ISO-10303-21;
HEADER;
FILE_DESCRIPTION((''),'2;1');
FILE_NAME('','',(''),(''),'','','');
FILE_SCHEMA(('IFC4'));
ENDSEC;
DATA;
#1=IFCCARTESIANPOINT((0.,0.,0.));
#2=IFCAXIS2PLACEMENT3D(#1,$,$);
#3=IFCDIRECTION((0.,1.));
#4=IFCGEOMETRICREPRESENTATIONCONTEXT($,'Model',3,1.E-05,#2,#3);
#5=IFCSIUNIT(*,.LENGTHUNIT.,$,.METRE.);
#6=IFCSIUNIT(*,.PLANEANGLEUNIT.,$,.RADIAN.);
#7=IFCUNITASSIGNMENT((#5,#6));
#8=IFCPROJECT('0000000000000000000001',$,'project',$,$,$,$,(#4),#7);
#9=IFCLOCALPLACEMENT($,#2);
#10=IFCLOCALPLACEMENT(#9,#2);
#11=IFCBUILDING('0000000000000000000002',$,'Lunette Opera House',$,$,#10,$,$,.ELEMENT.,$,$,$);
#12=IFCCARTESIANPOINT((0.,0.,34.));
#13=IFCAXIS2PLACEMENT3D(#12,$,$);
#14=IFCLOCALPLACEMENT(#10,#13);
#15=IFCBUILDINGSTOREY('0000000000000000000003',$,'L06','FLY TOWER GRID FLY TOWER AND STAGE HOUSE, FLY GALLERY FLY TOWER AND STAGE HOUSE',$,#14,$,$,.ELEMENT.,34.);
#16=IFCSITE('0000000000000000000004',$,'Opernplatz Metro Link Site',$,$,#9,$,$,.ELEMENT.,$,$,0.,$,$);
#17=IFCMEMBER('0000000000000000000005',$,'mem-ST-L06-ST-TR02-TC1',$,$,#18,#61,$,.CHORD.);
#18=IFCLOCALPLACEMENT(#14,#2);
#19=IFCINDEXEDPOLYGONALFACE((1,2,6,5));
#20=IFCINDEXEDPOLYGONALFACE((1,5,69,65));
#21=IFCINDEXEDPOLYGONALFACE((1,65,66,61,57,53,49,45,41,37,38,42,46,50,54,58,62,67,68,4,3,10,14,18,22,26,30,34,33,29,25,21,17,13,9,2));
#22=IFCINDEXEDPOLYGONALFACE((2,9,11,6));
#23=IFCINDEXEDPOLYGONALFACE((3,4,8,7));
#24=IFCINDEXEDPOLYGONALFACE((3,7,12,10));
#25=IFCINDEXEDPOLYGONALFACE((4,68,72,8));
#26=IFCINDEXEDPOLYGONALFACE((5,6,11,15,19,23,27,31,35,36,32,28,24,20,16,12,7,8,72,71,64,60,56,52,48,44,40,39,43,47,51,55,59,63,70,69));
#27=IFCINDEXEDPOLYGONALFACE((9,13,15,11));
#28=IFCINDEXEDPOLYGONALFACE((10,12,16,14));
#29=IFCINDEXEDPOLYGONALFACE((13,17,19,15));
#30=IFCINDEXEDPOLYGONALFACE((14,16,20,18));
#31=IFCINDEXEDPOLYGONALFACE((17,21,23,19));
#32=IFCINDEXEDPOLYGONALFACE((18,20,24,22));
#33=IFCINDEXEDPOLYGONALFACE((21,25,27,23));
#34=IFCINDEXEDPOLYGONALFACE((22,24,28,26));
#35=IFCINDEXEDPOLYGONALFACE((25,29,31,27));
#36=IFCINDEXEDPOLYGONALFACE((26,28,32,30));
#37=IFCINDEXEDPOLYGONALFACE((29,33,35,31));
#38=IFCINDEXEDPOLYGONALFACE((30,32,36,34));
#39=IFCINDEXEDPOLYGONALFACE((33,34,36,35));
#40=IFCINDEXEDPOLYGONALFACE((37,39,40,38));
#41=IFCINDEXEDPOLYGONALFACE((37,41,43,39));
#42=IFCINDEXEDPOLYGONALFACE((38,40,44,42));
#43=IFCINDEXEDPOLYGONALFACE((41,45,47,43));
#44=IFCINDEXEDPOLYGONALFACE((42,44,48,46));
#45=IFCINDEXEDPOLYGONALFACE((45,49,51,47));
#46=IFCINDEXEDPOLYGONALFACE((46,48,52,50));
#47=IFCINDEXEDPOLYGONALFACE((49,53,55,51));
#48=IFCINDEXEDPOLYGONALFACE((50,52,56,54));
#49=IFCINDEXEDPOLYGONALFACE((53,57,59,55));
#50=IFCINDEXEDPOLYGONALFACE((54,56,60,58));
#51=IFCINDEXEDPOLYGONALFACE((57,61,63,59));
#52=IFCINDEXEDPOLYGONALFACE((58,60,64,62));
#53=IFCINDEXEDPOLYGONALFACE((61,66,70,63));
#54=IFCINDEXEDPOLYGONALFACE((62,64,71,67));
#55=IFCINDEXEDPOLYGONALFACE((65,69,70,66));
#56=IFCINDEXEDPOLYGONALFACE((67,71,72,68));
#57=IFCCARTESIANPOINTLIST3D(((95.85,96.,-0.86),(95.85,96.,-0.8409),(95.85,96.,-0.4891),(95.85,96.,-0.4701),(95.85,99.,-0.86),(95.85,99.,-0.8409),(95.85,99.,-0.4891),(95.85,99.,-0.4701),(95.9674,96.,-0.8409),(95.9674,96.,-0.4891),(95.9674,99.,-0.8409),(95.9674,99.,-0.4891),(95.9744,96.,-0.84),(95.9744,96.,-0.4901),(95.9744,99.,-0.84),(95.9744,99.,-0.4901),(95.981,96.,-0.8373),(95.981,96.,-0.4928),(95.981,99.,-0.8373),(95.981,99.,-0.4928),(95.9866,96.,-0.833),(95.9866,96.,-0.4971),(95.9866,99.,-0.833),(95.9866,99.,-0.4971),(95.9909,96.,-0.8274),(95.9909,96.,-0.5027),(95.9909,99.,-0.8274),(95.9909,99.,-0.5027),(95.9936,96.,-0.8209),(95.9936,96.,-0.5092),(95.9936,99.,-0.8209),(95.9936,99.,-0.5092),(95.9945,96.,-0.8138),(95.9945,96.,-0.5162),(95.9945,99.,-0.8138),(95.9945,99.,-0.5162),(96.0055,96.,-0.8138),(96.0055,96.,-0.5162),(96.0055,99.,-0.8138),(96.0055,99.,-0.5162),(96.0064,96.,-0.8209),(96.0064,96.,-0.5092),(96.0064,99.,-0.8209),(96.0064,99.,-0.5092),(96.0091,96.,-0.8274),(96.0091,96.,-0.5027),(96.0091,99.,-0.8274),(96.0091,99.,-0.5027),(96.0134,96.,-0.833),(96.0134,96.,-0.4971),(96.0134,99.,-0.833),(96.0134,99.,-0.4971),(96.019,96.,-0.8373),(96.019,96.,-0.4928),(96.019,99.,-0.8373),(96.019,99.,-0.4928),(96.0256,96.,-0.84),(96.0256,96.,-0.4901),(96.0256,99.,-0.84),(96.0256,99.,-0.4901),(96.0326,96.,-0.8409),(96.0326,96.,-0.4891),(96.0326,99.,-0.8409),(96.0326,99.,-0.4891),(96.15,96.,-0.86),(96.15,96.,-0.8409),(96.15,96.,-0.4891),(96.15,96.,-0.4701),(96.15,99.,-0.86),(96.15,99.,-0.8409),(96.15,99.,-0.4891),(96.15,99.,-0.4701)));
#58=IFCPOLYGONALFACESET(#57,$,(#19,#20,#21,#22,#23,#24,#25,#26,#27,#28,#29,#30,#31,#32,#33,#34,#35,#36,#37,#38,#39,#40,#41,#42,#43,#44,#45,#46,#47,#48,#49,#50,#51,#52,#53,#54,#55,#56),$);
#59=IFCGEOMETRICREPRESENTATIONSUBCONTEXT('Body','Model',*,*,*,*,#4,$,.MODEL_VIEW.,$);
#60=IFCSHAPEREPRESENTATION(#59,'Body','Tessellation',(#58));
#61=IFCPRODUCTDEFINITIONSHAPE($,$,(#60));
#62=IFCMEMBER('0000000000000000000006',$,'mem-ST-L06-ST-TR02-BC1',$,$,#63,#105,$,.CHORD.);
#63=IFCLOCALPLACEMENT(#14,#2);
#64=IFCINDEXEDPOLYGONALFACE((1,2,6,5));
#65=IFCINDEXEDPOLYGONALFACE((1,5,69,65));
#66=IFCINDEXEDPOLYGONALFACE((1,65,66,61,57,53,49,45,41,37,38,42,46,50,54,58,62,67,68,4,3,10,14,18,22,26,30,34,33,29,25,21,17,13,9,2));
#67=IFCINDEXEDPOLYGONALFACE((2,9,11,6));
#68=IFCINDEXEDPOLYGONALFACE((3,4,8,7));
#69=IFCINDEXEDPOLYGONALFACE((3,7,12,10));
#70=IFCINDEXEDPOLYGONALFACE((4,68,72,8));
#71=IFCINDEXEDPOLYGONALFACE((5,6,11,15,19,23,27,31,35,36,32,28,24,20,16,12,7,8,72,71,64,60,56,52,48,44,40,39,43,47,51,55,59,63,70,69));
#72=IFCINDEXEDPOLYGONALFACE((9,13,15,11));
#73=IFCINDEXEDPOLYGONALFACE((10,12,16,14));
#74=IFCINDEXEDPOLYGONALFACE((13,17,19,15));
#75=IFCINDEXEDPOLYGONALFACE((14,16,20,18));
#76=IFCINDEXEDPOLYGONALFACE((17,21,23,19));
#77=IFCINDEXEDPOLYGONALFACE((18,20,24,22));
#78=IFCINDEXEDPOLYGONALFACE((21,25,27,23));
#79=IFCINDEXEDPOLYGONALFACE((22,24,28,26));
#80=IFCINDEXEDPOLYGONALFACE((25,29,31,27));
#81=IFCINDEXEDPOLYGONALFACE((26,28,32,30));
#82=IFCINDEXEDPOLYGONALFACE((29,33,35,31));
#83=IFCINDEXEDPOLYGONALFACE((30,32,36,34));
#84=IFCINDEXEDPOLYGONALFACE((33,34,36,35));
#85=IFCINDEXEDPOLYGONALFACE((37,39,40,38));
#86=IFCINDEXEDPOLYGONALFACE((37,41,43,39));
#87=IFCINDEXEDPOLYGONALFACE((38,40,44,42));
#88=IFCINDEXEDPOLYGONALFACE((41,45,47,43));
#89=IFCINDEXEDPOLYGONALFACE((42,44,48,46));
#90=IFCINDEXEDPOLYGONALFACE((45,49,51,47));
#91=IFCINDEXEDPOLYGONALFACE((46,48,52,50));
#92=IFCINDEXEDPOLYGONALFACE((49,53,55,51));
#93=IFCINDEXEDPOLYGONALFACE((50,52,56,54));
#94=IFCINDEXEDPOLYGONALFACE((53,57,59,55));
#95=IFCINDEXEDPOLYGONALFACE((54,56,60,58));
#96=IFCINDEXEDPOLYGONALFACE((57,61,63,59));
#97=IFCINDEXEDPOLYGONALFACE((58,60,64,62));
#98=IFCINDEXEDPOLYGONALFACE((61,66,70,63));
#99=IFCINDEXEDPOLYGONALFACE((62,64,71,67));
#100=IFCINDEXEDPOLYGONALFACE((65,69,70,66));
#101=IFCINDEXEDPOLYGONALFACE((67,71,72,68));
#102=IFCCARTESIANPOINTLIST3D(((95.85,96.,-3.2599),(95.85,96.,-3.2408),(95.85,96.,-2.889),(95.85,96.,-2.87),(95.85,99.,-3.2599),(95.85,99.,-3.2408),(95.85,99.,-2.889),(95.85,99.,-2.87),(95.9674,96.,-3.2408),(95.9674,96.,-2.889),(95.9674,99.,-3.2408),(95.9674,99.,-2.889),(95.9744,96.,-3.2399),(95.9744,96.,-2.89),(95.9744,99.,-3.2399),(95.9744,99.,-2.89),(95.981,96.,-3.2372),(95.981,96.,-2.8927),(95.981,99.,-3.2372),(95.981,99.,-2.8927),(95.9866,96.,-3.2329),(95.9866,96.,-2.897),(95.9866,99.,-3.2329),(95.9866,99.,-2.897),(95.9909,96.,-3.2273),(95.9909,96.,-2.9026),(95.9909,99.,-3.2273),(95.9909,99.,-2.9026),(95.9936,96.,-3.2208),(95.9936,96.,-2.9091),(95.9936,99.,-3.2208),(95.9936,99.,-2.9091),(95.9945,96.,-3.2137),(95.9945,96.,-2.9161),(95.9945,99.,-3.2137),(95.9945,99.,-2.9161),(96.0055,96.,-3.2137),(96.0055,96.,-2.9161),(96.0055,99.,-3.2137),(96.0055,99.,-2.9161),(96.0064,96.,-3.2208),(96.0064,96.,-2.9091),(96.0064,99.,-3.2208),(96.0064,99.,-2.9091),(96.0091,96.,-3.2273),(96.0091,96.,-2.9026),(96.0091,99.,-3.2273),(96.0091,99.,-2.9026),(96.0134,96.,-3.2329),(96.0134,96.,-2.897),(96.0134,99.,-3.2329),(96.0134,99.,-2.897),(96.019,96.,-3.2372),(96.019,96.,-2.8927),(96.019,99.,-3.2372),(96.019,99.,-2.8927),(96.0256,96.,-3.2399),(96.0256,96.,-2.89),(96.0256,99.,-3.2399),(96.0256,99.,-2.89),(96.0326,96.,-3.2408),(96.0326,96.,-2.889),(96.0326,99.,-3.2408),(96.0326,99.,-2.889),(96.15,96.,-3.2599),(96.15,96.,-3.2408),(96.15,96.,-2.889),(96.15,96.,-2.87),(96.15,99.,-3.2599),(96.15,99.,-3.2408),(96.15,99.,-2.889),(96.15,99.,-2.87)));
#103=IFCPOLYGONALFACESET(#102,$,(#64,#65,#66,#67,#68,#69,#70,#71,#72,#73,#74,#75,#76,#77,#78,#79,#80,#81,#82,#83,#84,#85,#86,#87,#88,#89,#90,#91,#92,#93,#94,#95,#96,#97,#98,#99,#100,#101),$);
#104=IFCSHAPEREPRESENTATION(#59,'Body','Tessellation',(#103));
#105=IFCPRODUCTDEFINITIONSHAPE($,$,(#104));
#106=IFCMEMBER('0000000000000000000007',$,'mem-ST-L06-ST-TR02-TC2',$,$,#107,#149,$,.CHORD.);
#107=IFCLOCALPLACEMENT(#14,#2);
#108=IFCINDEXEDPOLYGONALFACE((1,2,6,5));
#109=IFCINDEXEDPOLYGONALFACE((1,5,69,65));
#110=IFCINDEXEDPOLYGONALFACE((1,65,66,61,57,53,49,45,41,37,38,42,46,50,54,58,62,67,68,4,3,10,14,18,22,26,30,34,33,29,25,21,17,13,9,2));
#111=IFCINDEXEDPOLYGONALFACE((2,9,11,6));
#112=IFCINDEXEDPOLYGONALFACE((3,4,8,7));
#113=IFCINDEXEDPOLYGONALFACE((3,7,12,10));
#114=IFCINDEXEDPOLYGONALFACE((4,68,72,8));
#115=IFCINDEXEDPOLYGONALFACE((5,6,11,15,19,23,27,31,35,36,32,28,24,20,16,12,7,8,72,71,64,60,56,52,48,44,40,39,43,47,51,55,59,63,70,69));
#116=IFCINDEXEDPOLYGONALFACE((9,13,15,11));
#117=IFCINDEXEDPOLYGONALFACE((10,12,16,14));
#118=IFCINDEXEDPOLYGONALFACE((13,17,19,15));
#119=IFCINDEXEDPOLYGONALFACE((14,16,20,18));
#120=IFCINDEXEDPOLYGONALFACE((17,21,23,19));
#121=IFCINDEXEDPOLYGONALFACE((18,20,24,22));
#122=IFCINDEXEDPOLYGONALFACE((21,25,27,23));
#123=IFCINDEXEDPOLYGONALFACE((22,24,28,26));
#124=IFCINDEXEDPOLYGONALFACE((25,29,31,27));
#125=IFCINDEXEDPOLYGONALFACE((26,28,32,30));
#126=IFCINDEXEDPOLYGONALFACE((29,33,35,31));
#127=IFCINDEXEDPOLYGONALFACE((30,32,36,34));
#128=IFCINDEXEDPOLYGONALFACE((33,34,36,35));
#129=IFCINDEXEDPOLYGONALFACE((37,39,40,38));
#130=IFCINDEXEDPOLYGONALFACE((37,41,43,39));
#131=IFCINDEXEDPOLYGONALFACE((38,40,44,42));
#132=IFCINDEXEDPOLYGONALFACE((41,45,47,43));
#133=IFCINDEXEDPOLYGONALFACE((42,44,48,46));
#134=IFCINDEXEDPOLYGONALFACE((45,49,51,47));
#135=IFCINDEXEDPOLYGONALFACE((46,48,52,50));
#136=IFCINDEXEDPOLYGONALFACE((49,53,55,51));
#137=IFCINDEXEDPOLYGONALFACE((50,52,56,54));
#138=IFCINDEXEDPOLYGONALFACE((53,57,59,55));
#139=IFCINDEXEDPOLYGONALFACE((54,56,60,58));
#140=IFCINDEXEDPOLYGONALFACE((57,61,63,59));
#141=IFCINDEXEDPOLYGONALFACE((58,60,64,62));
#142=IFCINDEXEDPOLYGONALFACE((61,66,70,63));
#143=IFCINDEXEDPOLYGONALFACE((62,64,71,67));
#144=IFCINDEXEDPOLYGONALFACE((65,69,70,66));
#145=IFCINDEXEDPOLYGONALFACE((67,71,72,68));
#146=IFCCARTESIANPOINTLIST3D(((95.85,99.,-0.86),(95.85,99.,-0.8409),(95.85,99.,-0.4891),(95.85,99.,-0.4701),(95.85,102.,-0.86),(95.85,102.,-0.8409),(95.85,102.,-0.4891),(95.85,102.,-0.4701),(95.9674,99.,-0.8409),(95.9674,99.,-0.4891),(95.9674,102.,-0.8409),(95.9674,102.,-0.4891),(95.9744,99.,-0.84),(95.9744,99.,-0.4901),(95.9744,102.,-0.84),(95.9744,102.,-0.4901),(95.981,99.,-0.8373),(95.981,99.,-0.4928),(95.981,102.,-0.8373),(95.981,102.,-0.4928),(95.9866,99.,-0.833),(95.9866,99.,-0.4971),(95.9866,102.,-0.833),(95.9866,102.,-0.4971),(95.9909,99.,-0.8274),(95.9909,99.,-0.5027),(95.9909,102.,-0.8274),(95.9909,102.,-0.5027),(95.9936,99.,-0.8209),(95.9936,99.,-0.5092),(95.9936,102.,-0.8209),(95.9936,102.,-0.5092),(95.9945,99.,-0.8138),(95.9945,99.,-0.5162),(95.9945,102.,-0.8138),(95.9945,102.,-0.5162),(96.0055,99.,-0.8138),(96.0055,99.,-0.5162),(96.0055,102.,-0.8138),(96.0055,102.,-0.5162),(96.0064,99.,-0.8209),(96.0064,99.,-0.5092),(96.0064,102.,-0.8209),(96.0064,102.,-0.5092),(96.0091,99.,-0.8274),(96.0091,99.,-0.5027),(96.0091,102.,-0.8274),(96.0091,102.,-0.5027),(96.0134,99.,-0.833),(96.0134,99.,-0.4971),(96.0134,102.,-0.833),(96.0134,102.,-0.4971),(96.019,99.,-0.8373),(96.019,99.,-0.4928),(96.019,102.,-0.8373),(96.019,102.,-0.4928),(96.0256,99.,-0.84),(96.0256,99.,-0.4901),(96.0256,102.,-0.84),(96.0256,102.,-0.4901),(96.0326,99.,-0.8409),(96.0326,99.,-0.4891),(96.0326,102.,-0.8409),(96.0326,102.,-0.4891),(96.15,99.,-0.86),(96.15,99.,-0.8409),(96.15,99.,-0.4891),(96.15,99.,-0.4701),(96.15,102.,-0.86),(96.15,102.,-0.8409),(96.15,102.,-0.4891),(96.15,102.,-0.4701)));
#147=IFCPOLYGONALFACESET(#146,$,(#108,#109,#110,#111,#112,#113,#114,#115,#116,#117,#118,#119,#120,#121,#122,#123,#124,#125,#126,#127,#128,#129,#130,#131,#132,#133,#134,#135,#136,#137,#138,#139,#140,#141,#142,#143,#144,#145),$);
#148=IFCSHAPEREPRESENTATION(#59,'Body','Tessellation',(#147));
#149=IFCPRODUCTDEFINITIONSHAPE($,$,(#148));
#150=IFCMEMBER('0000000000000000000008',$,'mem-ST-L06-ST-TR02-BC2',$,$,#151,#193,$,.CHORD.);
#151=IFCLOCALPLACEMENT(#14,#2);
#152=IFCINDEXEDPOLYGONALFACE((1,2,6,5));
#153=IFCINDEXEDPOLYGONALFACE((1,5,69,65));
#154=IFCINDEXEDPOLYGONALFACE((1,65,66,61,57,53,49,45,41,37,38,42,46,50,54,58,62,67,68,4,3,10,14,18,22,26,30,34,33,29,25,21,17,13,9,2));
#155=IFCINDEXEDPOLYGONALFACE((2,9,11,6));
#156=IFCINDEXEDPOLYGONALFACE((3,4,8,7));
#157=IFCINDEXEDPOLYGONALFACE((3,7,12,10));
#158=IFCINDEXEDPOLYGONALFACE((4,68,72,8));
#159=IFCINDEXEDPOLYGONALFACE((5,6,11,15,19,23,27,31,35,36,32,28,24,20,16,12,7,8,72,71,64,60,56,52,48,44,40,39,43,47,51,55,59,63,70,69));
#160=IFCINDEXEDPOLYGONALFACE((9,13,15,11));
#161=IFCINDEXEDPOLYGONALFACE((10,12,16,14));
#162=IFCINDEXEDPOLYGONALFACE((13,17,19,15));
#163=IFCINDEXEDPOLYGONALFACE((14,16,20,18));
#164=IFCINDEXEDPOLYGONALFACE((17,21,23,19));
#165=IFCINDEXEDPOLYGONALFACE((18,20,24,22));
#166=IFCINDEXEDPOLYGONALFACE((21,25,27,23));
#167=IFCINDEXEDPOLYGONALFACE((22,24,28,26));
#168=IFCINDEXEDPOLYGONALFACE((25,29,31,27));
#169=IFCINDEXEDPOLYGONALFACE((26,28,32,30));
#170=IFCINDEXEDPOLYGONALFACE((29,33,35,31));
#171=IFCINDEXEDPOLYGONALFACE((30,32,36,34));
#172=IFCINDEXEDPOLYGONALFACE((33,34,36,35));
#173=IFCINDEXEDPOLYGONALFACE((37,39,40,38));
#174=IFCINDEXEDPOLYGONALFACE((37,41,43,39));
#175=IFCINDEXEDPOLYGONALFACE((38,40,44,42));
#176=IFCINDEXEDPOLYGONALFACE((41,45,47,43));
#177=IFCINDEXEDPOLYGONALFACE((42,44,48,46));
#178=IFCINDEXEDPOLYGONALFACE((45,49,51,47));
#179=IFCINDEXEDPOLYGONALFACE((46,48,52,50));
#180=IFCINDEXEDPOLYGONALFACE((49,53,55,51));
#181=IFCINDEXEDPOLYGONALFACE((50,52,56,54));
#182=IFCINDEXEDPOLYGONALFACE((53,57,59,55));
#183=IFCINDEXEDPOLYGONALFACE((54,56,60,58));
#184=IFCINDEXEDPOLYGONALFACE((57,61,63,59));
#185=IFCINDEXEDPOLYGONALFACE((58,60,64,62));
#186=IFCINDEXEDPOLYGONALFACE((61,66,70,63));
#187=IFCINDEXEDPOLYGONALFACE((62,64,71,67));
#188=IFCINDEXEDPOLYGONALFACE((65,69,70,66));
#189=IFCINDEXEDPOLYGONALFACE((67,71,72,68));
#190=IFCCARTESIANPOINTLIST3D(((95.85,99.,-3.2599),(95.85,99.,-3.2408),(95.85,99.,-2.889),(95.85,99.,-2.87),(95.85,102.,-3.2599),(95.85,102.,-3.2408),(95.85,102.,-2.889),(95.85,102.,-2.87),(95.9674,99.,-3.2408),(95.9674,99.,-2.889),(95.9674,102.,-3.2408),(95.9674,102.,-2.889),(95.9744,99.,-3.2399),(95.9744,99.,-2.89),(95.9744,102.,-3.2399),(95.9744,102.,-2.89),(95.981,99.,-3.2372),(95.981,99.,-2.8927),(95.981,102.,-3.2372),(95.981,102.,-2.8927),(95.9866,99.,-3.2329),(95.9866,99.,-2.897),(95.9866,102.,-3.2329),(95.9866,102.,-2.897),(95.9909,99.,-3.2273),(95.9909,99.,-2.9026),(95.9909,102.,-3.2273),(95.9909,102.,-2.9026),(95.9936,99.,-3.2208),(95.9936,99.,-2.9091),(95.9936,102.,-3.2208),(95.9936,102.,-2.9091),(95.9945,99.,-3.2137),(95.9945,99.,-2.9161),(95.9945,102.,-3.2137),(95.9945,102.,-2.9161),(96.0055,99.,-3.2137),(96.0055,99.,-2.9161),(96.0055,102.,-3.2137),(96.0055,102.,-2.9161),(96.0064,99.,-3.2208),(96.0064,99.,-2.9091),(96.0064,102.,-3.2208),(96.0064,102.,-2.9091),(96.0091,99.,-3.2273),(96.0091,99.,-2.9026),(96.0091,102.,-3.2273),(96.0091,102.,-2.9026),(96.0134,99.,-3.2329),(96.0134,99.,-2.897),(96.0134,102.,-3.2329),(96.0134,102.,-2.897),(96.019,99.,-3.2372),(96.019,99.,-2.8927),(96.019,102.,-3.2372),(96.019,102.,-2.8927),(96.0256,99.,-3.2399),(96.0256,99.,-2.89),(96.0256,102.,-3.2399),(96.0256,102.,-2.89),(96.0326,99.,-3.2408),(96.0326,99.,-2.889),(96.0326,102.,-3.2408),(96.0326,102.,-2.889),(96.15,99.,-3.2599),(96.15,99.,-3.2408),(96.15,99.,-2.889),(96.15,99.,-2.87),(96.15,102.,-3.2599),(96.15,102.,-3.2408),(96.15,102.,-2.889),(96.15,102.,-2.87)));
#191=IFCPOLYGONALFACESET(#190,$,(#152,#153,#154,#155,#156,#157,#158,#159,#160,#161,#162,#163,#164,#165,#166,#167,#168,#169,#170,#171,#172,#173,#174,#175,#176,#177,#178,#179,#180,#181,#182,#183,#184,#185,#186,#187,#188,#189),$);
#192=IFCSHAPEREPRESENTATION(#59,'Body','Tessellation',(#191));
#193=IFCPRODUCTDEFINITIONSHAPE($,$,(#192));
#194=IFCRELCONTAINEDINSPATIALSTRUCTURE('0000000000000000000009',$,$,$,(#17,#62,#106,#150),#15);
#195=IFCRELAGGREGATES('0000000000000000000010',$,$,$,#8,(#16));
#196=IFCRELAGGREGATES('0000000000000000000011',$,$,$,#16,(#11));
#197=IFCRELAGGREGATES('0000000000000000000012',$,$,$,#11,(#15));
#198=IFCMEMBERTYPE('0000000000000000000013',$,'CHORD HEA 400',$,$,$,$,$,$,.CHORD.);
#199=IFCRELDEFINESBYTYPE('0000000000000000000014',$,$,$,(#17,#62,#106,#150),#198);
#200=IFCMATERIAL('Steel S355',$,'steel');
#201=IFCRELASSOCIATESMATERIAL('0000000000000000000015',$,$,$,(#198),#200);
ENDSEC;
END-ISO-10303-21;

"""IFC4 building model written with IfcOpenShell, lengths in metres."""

from ifc_helpers import new_model, si_unit, direction, frame, origin, origin_2d, place, context, subcontext, project, spatial, i_section, extrude, material, material_profile, profile_set, type_object, element, save


model = new_model("IFC4")

# Units and contexts
model_context = context("Model", 3, precision=1e-05, world=origin(), true_north=direction((0.0, 1.0)))
body_context = subcontext(model_context, "Body", "Model", "MODEL_VIEW")
ifc_project = project(units=[si_unit("LENGTHUNIT", "METRE"), si_unit("PLANEANGLEUNIT", "RADIAN")], contexts=[model_context])

# Site, building, storey
site_placement = place(None, origin())
site = spatial("IfcSite", under=ifc_project, at=site_placement, Name="Opernplatz Metro Link Site", CompositionType="ELEMENT", RefElevation=0.0)
building_placement = place(site_placement, origin())
building = spatial("IfcBuilding", under=site, at=building_placement, Name="Lunette Opera House", CompositionType="ELEMENT")
storey_placement = place(building_placement, frame((0.0, 0.0, 34.0)))
storey = spatial("IfcBuildingStorey", under=building, at=storey_placement, Name="L06", Description="FLY TOWER GRID FLY TOWER AND STAGE HOUSE, FLY GALLERY FLY TOWER AND STAGE HOUSE", CompositionType="ELEMENT", Elevation=34.0)

# Members
ifc_material_1 = material(Name="Steel S355", Category="steel")
ifc_material_profile_1 = material_profile(ifc_material_1, i_section(OverallWidth=0.3, OverallDepth=0.3899, WebThickness=0.011, FlangeThickness=0.019, FilletRadius=0.0271, at=origin_2d()), Name="HEA 400")
ifc_profile_set_1 = profile_set([ifc_material_profile_1], Name="Steel S355")
member_type_1 = type_object("IfcMemberType", Name="CHORD HEA 400", PredefinedType="CHORD", material=ifc_profile_set_1)
for number, where, z_axis, x_axis, name in (
    (1, (96.0, 96.0, -0.665), (0.0, 1.0, 0.0), (-1.0, 0.0, 0.0), "mem-ST-L06-ST-TR02-TC1"),
    (2, (96.0, 96.0, -3.0649), (0.0, 1.0, 0.0), (-1.0, 0.0, 0.0), "mem-ST-L06-ST-TR02-BC1"),
    (3, (96.0, 99.0, -0.665), (0.0, 1.0, 0.0), (-1.0, 0.0, 0.0), "mem-ST-L06-ST-TR02-TC2"),
    (4, (96.0, 99.0, -3.0649), (0.0, 1.0, 0.0), (-1.0, 0.0, 0.0), "mem-ST-L06-ST-TR02-BC2"),
):
    element("IfcMember", number, at=place(storey_placement, frame(where, z_axis=z_axis, x_axis=x_axis)), inside=storey, type_object=member_type_1, Name=name, PredefinedType="CHORD", context=body_context, shape_type="SweptSolid", body=[
        extrude(i_section(OverallWidth=0.3, OverallDepth=0.3899, WebThickness=0.011, FlangeThickness=0.019, FilletRadius=0.0271, at=origin_2d()), origin(), (0.0, 0.0, 1.0), 3.0),
    ])

save(model, "model.ifc")
